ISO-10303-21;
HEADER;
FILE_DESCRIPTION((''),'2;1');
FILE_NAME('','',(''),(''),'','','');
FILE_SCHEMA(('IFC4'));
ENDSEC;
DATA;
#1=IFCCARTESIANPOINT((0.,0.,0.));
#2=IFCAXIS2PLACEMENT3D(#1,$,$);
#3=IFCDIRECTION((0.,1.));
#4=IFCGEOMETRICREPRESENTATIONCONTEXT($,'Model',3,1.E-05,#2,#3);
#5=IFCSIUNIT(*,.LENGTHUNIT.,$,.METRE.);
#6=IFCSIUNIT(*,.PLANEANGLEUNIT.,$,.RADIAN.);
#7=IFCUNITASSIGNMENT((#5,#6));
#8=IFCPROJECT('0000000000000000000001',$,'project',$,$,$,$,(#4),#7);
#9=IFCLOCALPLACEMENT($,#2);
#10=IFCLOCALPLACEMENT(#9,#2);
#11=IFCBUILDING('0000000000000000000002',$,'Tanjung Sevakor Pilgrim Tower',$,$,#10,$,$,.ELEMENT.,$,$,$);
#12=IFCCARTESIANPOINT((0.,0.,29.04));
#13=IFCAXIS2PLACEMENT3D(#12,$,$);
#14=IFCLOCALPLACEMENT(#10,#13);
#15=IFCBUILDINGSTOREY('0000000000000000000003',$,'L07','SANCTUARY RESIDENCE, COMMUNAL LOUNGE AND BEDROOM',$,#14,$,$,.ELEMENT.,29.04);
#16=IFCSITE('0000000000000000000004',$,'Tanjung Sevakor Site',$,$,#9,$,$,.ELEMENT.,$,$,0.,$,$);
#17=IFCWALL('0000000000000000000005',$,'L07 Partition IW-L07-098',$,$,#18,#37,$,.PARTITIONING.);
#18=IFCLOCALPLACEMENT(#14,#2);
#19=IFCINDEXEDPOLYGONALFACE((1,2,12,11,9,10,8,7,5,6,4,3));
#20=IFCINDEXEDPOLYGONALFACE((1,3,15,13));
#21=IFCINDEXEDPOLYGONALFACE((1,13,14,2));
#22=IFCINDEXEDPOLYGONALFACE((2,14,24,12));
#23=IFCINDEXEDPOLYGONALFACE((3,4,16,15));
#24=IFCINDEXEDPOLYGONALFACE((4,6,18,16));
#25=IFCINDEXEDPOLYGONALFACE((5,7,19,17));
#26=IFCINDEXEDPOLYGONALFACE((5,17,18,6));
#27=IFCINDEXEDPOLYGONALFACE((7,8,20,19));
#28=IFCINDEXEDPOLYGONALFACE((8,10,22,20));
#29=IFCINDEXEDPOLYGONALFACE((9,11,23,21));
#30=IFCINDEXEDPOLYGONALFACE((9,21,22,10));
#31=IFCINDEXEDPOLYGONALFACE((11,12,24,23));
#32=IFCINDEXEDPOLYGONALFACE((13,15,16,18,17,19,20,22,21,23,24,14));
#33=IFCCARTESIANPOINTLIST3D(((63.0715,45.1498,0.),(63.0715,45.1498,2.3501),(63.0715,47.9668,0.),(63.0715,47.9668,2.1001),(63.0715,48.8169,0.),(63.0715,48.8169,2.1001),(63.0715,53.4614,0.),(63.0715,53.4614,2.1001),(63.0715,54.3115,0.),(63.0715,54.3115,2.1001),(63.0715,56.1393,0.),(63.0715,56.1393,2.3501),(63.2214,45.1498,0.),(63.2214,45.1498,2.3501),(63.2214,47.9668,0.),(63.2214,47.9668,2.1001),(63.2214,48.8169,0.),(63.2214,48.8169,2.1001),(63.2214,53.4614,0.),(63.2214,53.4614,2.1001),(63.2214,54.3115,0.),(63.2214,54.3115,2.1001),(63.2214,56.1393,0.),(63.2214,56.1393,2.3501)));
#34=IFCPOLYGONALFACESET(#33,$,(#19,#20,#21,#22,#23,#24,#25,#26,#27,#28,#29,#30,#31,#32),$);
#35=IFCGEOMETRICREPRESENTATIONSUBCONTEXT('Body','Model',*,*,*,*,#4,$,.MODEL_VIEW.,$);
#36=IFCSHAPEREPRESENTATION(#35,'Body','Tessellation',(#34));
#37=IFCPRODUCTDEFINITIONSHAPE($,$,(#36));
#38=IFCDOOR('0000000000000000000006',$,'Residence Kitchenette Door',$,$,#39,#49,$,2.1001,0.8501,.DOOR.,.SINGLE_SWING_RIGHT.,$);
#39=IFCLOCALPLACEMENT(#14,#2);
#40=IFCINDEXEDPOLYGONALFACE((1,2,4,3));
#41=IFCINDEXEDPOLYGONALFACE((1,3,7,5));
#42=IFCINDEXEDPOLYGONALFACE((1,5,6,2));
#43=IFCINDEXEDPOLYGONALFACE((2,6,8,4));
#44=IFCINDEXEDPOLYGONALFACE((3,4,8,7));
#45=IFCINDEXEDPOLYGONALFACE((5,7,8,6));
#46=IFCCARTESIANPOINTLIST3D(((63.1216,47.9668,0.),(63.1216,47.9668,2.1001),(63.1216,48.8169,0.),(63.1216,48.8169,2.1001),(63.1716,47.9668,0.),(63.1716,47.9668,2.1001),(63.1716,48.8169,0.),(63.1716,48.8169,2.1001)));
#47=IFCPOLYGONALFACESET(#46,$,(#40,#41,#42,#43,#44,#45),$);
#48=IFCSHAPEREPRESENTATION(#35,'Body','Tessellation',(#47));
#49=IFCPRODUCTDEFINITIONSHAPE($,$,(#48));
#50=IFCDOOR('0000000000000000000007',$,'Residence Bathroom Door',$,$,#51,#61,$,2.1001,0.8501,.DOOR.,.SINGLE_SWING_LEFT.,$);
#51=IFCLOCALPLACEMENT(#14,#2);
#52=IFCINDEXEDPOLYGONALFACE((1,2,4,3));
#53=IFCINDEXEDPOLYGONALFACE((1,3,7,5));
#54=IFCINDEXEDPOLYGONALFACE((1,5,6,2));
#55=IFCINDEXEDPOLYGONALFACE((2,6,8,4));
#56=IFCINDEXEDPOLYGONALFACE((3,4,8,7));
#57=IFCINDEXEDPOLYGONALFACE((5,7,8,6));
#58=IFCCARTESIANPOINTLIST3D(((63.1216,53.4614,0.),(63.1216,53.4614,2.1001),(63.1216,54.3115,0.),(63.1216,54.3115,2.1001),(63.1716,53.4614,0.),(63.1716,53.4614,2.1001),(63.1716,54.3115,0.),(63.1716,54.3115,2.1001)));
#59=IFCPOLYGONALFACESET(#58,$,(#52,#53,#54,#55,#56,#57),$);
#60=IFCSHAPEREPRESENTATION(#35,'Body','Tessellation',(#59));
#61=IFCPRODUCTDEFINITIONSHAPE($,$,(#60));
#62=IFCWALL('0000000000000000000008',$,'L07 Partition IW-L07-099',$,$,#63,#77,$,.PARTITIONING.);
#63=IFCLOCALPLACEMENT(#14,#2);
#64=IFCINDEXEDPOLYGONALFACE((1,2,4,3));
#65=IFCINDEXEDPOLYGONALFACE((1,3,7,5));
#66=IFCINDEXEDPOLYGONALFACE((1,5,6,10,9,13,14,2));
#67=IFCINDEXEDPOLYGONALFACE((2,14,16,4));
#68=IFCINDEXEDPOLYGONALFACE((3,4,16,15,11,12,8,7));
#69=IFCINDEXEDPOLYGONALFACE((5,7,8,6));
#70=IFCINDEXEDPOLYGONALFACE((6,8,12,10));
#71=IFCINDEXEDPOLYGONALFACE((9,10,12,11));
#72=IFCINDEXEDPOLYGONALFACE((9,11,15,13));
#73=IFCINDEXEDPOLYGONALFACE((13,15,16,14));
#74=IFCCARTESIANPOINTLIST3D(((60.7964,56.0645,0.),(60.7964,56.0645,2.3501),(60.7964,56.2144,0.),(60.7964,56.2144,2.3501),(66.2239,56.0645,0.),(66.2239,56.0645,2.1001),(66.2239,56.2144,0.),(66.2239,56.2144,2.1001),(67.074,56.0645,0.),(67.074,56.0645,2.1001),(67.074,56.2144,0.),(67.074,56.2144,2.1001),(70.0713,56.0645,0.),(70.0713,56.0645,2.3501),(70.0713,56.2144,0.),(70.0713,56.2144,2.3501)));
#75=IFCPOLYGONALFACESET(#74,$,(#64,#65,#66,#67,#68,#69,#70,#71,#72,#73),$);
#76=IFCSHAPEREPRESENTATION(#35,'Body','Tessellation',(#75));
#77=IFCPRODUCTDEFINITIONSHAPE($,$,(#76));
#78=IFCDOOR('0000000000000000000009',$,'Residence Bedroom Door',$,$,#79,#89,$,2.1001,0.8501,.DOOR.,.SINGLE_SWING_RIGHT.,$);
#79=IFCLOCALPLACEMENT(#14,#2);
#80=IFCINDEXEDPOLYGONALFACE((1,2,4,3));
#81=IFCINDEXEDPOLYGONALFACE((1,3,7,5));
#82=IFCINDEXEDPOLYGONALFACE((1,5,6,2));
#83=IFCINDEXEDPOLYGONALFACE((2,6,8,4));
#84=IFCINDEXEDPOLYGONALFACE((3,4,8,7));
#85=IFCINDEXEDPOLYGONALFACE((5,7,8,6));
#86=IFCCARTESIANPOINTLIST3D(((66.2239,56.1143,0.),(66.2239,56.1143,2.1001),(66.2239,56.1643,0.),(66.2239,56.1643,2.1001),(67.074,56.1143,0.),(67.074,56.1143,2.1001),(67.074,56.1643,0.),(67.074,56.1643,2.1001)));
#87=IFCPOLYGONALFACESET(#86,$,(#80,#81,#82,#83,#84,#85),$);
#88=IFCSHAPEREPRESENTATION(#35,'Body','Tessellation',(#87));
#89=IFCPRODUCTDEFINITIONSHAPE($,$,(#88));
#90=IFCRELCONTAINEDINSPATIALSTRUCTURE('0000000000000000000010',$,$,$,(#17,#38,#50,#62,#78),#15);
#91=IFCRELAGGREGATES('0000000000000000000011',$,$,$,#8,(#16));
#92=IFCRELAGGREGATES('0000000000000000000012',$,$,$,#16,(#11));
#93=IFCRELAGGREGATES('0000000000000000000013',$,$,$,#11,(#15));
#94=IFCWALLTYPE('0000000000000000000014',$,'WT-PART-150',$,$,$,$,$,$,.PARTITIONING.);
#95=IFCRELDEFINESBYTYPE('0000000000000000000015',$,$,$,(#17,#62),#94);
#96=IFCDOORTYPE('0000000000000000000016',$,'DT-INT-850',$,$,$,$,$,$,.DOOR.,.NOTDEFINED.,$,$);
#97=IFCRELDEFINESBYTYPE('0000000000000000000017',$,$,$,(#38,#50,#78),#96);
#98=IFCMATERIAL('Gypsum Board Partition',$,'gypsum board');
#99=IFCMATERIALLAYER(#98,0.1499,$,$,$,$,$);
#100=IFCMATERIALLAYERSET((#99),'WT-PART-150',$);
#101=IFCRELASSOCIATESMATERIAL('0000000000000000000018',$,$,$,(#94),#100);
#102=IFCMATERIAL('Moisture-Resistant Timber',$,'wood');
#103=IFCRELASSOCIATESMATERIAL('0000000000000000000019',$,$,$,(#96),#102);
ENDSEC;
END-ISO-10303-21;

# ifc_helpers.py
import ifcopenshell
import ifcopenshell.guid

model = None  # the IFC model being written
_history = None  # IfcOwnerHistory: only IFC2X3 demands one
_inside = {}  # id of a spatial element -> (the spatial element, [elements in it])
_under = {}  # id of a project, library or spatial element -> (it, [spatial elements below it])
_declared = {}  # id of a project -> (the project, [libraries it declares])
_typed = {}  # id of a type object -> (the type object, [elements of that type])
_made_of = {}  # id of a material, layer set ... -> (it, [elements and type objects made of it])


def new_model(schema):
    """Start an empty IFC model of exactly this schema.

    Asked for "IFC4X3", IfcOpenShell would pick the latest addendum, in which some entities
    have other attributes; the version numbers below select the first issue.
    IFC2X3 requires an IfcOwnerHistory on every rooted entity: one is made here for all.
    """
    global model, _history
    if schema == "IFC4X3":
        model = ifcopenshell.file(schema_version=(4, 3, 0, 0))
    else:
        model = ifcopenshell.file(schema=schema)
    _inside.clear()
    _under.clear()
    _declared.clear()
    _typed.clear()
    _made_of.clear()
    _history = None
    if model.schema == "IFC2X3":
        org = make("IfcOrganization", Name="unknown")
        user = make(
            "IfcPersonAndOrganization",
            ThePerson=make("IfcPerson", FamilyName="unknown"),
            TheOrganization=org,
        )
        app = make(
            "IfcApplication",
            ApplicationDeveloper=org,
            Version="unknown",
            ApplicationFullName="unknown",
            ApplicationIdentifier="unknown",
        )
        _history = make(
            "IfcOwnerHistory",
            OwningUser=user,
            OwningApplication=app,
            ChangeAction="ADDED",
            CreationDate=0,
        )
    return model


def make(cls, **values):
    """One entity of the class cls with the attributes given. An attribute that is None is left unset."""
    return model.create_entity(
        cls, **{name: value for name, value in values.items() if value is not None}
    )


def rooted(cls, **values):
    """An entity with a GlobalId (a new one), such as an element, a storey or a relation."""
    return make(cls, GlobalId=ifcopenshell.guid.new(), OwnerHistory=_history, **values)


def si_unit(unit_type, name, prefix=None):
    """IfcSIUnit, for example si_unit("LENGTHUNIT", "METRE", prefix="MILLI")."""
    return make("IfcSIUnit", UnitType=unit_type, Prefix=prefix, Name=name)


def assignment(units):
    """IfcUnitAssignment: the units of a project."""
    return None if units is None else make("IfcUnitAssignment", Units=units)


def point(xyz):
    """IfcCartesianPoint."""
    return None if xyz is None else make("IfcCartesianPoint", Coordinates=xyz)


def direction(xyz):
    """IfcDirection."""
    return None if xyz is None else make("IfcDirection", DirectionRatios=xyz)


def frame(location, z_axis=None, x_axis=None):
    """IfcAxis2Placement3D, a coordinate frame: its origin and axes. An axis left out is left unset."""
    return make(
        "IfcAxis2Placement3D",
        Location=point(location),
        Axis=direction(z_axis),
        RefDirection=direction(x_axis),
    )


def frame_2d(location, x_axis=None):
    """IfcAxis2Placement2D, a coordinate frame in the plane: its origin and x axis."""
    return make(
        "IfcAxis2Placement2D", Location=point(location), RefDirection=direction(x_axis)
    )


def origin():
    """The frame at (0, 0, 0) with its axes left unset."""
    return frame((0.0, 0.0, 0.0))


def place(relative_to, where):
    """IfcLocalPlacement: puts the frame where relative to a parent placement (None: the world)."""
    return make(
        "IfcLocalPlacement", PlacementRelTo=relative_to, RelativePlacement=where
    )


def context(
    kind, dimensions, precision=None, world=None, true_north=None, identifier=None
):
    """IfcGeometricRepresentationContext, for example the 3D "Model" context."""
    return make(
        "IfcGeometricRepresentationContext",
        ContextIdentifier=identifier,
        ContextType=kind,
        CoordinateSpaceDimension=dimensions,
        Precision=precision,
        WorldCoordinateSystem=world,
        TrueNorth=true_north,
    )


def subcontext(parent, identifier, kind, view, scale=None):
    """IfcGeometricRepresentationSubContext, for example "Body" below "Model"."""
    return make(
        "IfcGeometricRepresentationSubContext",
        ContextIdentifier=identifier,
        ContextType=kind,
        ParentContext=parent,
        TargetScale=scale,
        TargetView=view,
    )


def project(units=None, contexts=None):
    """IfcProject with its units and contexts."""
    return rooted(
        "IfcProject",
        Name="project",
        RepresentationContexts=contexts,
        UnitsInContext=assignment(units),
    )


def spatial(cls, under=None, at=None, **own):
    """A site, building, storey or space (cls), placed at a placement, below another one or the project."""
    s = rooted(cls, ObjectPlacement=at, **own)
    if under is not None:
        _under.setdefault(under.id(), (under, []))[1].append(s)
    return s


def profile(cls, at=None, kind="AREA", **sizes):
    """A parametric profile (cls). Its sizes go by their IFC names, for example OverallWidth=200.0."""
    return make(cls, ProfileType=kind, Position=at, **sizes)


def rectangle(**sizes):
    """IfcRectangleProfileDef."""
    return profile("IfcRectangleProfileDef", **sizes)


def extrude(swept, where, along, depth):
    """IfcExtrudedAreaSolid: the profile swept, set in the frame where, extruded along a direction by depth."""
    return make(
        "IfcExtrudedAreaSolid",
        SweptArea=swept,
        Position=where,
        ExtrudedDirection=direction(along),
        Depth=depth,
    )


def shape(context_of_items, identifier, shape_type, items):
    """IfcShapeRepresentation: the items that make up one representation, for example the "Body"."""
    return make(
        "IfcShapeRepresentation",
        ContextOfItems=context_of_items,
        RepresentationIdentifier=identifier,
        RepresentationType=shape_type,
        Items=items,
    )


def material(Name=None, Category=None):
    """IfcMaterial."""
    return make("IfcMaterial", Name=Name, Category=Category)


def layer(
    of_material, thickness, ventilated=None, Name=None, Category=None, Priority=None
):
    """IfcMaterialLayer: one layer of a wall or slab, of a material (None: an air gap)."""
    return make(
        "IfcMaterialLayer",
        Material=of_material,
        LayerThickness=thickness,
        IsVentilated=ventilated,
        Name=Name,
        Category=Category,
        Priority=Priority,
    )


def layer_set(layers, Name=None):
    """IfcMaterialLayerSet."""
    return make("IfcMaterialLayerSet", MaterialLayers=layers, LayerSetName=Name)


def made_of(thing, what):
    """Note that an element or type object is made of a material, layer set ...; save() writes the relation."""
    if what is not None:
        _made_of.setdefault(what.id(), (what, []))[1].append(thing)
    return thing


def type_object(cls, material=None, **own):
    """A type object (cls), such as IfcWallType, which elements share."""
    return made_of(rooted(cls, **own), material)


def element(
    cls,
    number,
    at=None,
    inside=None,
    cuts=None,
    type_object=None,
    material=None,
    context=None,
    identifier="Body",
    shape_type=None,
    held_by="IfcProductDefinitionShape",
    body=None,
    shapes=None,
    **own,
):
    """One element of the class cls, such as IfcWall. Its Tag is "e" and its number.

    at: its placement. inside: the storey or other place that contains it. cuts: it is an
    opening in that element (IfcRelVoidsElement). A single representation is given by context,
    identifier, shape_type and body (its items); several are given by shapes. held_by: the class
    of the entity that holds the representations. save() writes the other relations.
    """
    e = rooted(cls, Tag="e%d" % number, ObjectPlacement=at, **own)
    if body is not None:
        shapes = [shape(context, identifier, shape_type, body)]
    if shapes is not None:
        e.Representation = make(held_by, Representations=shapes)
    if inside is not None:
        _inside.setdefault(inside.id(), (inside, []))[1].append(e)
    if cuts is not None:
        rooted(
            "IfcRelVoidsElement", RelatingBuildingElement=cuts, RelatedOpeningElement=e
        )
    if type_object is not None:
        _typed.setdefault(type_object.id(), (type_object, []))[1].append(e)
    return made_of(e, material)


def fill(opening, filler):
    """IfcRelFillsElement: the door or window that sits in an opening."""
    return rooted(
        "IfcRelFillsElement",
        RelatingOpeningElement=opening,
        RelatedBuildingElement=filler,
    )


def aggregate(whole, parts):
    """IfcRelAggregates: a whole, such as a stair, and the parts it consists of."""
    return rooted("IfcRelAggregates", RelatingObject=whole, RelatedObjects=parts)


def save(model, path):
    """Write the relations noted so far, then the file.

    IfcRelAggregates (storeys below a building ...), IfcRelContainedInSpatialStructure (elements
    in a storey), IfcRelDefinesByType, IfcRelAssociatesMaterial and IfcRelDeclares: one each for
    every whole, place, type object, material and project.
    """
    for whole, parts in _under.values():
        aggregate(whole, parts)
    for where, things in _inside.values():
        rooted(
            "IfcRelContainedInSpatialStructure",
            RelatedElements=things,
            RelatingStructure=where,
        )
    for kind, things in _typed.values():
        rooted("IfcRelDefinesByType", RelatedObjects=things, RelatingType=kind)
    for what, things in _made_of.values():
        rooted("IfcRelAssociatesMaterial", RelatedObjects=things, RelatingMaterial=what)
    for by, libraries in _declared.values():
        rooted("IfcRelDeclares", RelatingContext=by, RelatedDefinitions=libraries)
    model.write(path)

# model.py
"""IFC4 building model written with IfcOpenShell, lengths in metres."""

from ifc_helpers import new_model, si_unit, direction, frame, frame_2d, origin, place, context, subcontext, project, spatial, rectangle, extrude, material, layer, layer_set, type_object, element, fill, save


model = new_model("IFC4")

# Units and contexts
model_context = context("Model", 3, precision=1e-05, world=origin(), true_north=direction((0.0, 1.0)))
body_context = subcontext(model_context, "Body", "Model", "MODEL_VIEW")
ifc_project = project(units=[si_unit("LENGTHUNIT", "METRE"), si_unit("PLANEANGLEUNIT", "RADIAN")], contexts=[model_context])

# Site, building, storey
site_placement = place(None, origin())
site = spatial("IfcSite", under=ifc_project, at=site_placement, Name="Tanjung Sevakor Site", CompositionType="ELEMENT", RefElevation=0.0)
building_placement = place(site_placement, origin())
building = spatial("IfcBuilding", under=site, at=building_placement, Name="Tanjung Sevakor Pilgrim Tower", CompositionType="ELEMENT")
storey_placement = place(building_placement, frame((0.0, 0.0, 29.04)))
storey = spatial("IfcBuildingStorey", under=building, at=storey_placement, Name="L07", Description="SANCTUARY RESIDENCE, COMMUNAL LOUNGE AND BEDROOM", CompositionType="ELEMENT", Elevation=29.04)

# Shared definitions
ifc_material_1 = material(Name="Gypsum Board Partition", Category="gypsum board")
ifc_layer_1 = layer(ifc_material_1, 0.1499)
ifc_layer_set_1 = layer_set([ifc_layer_1], Name="WT-PART-150")
wall_type_1 = type_object("IfcWallType", Name="WT-PART-150", PredefinedType="PARTITIONING", material=ifc_layer_set_1)
ifc_material_2 = material(Name="Moisture-Resistant Timber", Category="wood")
door_type_1 = type_object("IfcDoorType", Name="DT-INT-850", OperationType="NOTDEFINED", PredefinedType="DOOR", material=ifc_material_2)

# Wall, openings, doors
wall_1_placement = place(storey_placement, frame((63.1465, 45.1499, 0.0), z_axis=(0.0, 0.0, 1.0), x_axis=(0.0, 1.0, 0.0)))
wall_1 = element("IfcWall", 1, at=wall_1_placement, inside=storey, type_object=wall_type_1, Name="L07 Partition IW-L07-098", PredefinedType="PARTITIONING", context=body_context, shape_type="SweptSolid", body=[
    extrude(rectangle(XDim=10.9895, YDim=0.1499, at=frame_2d((5.4946, 0.0))), origin(), (0.0, 0.0, 1.0), 2.3501),
])
opening_1_placement = place(wall_1_placement, frame((2.8169, 0.0, 0.0)))
opening_1 = element("IfcOpeningElement", 2, at=opening_1_placement, cuts=wall_1, PredefinedType="OPENING", context=body_context, shape_type="SweptSolid", body=[
    extrude(rectangle(XDim=0.8501, YDim=2.1001, at=frame_2d((0.425, 1.05))), frame((0.0, 0.085, 0.0), z_axis=(0.0, -1.0, 0.0), x_axis=(1.0, 0.0, 0.0)), (0.0, 0.0, 1.0), 0.1699),
])
opening_2_placement = place(wall_1_placement, frame((8.3115, 0.0, 0.0)))
opening_2 = element("IfcOpeningElement", 3, at=opening_2_placement, cuts=wall_1, PredefinedType="OPENING", context=body_context, shape_type="SweptSolid", body=[
    extrude(rectangle(XDim=0.8501, YDim=2.1001, at=frame_2d((0.425, 1.05))), frame((0.0, 0.085, 0.0), z_axis=(0.0, -1.0, 0.0), x_axis=(1.0, 0.0, 0.0)), (0.0, 0.0, 1.0), 0.1699),
])
door_1_placement = place(opening_1_placement, origin())
door_1 = element("IfcDoor", 4, at=door_1_placement, inside=storey, type_object=door_type_1, Name="Residence Kitchenette Door", OperationType="SINGLE_SWING_RIGHT", OverallHeight=2.1001, OverallWidth=0.8501, PredefinedType="DOOR", context=body_context, shape_type="SweptSolid", body=[
    extrude(rectangle(XDim=0.8501, YDim=2.1001, at=frame_2d((0.425, 1.05))), frame((0.0, 0.0249, 0.0), z_axis=(0.0, -1.0, 0.0), x_axis=(1.0, 0.0, 0.0)), (0.0, 0.0, 1.0), 0.05),
])
fill(opening_1, door_1)
door_2_placement = place(opening_2_placement, origin())
door_2 = element("IfcDoor", 5, at=door_2_placement, inside=storey, type_object=door_type_1, Name="Residence Bathroom Door", OperationType="SINGLE_SWING_LEFT", OverallHeight=2.1001, OverallWidth=0.8501, PredefinedType="DOOR", context=body_context, shape_type="SweptSolid", body=[
    extrude(rectangle(XDim=0.8501, YDim=2.1001, at=frame_2d((0.425, 1.05))), frame((0.0, 0.0249, 0.0), z_axis=(0.0, -1.0, 0.0), x_axis=(1.0, 0.0, 0.0)), (0.0, 0.0, 1.0), 0.05),
])
fill(opening_2, door_2)

# Wall, opening, door
wall_2_placement = place(storey_placement, frame((60.7964, 56.1394, 0.0), z_axis=(0.0, 0.0, 1.0), x_axis=(1.0, 0.0, 0.0)))
wall_2 = element("IfcWall", 6, at=wall_2_placement, inside=storey, type_object=wall_type_1, Name="L07 Partition IW-L07-099", PredefinedType="PARTITIONING", context=body_context, shape_type="SweptSolid", body=[
    extrude(rectangle(XDim=9.2749, YDim=0.1499, at=frame_2d((4.6375, 0.0))), origin(), (0.0, 0.0, 1.0), 2.3501),
])
opening_3_placement = place(wall_2_placement, frame((5.4275, 0.0, 0.0)))
opening_3 = element("IfcOpeningElement", 7, at=opening_3_placement, cuts=wall_2, PredefinedType="OPENING", context=body_context, shape_type="SweptSolid", body=[
    extrude(rectangle(XDim=0.8501, YDim=2.1001, at=frame_2d((0.425, 1.05))), frame((0.0, 0.085, 0.0), z_axis=(0.0, -1.0, 0.0), x_axis=(1.0, 0.0, 0.0)), (0.0, 0.0, 1.0), 0.1699),
])
door_3_placement = place(opening_3_placement, origin())
door_3 = element("IfcDoor", 8, at=door_3_placement, inside=storey, type_object=door_type_1, Name="Residence Bedroom Door", OperationType="SINGLE_SWING_RIGHT", OverallHeight=2.1001, OverallWidth=0.8501, PredefinedType="DOOR", context=body_context, shape_type="SweptSolid", body=[
    extrude(rectangle(XDim=0.8501, YDim=2.1001, at=frame_2d((0.425, 1.05))), frame((0.0, 0.0249, 0.0), z_axis=(0.0, -1.0, 0.0), x_axis=(1.0, 0.0, 0.0)), (0.0, 0.0, 1.0), 0.05),
])
fill(opening_3, door_3)

save(model, "model.ifc")
